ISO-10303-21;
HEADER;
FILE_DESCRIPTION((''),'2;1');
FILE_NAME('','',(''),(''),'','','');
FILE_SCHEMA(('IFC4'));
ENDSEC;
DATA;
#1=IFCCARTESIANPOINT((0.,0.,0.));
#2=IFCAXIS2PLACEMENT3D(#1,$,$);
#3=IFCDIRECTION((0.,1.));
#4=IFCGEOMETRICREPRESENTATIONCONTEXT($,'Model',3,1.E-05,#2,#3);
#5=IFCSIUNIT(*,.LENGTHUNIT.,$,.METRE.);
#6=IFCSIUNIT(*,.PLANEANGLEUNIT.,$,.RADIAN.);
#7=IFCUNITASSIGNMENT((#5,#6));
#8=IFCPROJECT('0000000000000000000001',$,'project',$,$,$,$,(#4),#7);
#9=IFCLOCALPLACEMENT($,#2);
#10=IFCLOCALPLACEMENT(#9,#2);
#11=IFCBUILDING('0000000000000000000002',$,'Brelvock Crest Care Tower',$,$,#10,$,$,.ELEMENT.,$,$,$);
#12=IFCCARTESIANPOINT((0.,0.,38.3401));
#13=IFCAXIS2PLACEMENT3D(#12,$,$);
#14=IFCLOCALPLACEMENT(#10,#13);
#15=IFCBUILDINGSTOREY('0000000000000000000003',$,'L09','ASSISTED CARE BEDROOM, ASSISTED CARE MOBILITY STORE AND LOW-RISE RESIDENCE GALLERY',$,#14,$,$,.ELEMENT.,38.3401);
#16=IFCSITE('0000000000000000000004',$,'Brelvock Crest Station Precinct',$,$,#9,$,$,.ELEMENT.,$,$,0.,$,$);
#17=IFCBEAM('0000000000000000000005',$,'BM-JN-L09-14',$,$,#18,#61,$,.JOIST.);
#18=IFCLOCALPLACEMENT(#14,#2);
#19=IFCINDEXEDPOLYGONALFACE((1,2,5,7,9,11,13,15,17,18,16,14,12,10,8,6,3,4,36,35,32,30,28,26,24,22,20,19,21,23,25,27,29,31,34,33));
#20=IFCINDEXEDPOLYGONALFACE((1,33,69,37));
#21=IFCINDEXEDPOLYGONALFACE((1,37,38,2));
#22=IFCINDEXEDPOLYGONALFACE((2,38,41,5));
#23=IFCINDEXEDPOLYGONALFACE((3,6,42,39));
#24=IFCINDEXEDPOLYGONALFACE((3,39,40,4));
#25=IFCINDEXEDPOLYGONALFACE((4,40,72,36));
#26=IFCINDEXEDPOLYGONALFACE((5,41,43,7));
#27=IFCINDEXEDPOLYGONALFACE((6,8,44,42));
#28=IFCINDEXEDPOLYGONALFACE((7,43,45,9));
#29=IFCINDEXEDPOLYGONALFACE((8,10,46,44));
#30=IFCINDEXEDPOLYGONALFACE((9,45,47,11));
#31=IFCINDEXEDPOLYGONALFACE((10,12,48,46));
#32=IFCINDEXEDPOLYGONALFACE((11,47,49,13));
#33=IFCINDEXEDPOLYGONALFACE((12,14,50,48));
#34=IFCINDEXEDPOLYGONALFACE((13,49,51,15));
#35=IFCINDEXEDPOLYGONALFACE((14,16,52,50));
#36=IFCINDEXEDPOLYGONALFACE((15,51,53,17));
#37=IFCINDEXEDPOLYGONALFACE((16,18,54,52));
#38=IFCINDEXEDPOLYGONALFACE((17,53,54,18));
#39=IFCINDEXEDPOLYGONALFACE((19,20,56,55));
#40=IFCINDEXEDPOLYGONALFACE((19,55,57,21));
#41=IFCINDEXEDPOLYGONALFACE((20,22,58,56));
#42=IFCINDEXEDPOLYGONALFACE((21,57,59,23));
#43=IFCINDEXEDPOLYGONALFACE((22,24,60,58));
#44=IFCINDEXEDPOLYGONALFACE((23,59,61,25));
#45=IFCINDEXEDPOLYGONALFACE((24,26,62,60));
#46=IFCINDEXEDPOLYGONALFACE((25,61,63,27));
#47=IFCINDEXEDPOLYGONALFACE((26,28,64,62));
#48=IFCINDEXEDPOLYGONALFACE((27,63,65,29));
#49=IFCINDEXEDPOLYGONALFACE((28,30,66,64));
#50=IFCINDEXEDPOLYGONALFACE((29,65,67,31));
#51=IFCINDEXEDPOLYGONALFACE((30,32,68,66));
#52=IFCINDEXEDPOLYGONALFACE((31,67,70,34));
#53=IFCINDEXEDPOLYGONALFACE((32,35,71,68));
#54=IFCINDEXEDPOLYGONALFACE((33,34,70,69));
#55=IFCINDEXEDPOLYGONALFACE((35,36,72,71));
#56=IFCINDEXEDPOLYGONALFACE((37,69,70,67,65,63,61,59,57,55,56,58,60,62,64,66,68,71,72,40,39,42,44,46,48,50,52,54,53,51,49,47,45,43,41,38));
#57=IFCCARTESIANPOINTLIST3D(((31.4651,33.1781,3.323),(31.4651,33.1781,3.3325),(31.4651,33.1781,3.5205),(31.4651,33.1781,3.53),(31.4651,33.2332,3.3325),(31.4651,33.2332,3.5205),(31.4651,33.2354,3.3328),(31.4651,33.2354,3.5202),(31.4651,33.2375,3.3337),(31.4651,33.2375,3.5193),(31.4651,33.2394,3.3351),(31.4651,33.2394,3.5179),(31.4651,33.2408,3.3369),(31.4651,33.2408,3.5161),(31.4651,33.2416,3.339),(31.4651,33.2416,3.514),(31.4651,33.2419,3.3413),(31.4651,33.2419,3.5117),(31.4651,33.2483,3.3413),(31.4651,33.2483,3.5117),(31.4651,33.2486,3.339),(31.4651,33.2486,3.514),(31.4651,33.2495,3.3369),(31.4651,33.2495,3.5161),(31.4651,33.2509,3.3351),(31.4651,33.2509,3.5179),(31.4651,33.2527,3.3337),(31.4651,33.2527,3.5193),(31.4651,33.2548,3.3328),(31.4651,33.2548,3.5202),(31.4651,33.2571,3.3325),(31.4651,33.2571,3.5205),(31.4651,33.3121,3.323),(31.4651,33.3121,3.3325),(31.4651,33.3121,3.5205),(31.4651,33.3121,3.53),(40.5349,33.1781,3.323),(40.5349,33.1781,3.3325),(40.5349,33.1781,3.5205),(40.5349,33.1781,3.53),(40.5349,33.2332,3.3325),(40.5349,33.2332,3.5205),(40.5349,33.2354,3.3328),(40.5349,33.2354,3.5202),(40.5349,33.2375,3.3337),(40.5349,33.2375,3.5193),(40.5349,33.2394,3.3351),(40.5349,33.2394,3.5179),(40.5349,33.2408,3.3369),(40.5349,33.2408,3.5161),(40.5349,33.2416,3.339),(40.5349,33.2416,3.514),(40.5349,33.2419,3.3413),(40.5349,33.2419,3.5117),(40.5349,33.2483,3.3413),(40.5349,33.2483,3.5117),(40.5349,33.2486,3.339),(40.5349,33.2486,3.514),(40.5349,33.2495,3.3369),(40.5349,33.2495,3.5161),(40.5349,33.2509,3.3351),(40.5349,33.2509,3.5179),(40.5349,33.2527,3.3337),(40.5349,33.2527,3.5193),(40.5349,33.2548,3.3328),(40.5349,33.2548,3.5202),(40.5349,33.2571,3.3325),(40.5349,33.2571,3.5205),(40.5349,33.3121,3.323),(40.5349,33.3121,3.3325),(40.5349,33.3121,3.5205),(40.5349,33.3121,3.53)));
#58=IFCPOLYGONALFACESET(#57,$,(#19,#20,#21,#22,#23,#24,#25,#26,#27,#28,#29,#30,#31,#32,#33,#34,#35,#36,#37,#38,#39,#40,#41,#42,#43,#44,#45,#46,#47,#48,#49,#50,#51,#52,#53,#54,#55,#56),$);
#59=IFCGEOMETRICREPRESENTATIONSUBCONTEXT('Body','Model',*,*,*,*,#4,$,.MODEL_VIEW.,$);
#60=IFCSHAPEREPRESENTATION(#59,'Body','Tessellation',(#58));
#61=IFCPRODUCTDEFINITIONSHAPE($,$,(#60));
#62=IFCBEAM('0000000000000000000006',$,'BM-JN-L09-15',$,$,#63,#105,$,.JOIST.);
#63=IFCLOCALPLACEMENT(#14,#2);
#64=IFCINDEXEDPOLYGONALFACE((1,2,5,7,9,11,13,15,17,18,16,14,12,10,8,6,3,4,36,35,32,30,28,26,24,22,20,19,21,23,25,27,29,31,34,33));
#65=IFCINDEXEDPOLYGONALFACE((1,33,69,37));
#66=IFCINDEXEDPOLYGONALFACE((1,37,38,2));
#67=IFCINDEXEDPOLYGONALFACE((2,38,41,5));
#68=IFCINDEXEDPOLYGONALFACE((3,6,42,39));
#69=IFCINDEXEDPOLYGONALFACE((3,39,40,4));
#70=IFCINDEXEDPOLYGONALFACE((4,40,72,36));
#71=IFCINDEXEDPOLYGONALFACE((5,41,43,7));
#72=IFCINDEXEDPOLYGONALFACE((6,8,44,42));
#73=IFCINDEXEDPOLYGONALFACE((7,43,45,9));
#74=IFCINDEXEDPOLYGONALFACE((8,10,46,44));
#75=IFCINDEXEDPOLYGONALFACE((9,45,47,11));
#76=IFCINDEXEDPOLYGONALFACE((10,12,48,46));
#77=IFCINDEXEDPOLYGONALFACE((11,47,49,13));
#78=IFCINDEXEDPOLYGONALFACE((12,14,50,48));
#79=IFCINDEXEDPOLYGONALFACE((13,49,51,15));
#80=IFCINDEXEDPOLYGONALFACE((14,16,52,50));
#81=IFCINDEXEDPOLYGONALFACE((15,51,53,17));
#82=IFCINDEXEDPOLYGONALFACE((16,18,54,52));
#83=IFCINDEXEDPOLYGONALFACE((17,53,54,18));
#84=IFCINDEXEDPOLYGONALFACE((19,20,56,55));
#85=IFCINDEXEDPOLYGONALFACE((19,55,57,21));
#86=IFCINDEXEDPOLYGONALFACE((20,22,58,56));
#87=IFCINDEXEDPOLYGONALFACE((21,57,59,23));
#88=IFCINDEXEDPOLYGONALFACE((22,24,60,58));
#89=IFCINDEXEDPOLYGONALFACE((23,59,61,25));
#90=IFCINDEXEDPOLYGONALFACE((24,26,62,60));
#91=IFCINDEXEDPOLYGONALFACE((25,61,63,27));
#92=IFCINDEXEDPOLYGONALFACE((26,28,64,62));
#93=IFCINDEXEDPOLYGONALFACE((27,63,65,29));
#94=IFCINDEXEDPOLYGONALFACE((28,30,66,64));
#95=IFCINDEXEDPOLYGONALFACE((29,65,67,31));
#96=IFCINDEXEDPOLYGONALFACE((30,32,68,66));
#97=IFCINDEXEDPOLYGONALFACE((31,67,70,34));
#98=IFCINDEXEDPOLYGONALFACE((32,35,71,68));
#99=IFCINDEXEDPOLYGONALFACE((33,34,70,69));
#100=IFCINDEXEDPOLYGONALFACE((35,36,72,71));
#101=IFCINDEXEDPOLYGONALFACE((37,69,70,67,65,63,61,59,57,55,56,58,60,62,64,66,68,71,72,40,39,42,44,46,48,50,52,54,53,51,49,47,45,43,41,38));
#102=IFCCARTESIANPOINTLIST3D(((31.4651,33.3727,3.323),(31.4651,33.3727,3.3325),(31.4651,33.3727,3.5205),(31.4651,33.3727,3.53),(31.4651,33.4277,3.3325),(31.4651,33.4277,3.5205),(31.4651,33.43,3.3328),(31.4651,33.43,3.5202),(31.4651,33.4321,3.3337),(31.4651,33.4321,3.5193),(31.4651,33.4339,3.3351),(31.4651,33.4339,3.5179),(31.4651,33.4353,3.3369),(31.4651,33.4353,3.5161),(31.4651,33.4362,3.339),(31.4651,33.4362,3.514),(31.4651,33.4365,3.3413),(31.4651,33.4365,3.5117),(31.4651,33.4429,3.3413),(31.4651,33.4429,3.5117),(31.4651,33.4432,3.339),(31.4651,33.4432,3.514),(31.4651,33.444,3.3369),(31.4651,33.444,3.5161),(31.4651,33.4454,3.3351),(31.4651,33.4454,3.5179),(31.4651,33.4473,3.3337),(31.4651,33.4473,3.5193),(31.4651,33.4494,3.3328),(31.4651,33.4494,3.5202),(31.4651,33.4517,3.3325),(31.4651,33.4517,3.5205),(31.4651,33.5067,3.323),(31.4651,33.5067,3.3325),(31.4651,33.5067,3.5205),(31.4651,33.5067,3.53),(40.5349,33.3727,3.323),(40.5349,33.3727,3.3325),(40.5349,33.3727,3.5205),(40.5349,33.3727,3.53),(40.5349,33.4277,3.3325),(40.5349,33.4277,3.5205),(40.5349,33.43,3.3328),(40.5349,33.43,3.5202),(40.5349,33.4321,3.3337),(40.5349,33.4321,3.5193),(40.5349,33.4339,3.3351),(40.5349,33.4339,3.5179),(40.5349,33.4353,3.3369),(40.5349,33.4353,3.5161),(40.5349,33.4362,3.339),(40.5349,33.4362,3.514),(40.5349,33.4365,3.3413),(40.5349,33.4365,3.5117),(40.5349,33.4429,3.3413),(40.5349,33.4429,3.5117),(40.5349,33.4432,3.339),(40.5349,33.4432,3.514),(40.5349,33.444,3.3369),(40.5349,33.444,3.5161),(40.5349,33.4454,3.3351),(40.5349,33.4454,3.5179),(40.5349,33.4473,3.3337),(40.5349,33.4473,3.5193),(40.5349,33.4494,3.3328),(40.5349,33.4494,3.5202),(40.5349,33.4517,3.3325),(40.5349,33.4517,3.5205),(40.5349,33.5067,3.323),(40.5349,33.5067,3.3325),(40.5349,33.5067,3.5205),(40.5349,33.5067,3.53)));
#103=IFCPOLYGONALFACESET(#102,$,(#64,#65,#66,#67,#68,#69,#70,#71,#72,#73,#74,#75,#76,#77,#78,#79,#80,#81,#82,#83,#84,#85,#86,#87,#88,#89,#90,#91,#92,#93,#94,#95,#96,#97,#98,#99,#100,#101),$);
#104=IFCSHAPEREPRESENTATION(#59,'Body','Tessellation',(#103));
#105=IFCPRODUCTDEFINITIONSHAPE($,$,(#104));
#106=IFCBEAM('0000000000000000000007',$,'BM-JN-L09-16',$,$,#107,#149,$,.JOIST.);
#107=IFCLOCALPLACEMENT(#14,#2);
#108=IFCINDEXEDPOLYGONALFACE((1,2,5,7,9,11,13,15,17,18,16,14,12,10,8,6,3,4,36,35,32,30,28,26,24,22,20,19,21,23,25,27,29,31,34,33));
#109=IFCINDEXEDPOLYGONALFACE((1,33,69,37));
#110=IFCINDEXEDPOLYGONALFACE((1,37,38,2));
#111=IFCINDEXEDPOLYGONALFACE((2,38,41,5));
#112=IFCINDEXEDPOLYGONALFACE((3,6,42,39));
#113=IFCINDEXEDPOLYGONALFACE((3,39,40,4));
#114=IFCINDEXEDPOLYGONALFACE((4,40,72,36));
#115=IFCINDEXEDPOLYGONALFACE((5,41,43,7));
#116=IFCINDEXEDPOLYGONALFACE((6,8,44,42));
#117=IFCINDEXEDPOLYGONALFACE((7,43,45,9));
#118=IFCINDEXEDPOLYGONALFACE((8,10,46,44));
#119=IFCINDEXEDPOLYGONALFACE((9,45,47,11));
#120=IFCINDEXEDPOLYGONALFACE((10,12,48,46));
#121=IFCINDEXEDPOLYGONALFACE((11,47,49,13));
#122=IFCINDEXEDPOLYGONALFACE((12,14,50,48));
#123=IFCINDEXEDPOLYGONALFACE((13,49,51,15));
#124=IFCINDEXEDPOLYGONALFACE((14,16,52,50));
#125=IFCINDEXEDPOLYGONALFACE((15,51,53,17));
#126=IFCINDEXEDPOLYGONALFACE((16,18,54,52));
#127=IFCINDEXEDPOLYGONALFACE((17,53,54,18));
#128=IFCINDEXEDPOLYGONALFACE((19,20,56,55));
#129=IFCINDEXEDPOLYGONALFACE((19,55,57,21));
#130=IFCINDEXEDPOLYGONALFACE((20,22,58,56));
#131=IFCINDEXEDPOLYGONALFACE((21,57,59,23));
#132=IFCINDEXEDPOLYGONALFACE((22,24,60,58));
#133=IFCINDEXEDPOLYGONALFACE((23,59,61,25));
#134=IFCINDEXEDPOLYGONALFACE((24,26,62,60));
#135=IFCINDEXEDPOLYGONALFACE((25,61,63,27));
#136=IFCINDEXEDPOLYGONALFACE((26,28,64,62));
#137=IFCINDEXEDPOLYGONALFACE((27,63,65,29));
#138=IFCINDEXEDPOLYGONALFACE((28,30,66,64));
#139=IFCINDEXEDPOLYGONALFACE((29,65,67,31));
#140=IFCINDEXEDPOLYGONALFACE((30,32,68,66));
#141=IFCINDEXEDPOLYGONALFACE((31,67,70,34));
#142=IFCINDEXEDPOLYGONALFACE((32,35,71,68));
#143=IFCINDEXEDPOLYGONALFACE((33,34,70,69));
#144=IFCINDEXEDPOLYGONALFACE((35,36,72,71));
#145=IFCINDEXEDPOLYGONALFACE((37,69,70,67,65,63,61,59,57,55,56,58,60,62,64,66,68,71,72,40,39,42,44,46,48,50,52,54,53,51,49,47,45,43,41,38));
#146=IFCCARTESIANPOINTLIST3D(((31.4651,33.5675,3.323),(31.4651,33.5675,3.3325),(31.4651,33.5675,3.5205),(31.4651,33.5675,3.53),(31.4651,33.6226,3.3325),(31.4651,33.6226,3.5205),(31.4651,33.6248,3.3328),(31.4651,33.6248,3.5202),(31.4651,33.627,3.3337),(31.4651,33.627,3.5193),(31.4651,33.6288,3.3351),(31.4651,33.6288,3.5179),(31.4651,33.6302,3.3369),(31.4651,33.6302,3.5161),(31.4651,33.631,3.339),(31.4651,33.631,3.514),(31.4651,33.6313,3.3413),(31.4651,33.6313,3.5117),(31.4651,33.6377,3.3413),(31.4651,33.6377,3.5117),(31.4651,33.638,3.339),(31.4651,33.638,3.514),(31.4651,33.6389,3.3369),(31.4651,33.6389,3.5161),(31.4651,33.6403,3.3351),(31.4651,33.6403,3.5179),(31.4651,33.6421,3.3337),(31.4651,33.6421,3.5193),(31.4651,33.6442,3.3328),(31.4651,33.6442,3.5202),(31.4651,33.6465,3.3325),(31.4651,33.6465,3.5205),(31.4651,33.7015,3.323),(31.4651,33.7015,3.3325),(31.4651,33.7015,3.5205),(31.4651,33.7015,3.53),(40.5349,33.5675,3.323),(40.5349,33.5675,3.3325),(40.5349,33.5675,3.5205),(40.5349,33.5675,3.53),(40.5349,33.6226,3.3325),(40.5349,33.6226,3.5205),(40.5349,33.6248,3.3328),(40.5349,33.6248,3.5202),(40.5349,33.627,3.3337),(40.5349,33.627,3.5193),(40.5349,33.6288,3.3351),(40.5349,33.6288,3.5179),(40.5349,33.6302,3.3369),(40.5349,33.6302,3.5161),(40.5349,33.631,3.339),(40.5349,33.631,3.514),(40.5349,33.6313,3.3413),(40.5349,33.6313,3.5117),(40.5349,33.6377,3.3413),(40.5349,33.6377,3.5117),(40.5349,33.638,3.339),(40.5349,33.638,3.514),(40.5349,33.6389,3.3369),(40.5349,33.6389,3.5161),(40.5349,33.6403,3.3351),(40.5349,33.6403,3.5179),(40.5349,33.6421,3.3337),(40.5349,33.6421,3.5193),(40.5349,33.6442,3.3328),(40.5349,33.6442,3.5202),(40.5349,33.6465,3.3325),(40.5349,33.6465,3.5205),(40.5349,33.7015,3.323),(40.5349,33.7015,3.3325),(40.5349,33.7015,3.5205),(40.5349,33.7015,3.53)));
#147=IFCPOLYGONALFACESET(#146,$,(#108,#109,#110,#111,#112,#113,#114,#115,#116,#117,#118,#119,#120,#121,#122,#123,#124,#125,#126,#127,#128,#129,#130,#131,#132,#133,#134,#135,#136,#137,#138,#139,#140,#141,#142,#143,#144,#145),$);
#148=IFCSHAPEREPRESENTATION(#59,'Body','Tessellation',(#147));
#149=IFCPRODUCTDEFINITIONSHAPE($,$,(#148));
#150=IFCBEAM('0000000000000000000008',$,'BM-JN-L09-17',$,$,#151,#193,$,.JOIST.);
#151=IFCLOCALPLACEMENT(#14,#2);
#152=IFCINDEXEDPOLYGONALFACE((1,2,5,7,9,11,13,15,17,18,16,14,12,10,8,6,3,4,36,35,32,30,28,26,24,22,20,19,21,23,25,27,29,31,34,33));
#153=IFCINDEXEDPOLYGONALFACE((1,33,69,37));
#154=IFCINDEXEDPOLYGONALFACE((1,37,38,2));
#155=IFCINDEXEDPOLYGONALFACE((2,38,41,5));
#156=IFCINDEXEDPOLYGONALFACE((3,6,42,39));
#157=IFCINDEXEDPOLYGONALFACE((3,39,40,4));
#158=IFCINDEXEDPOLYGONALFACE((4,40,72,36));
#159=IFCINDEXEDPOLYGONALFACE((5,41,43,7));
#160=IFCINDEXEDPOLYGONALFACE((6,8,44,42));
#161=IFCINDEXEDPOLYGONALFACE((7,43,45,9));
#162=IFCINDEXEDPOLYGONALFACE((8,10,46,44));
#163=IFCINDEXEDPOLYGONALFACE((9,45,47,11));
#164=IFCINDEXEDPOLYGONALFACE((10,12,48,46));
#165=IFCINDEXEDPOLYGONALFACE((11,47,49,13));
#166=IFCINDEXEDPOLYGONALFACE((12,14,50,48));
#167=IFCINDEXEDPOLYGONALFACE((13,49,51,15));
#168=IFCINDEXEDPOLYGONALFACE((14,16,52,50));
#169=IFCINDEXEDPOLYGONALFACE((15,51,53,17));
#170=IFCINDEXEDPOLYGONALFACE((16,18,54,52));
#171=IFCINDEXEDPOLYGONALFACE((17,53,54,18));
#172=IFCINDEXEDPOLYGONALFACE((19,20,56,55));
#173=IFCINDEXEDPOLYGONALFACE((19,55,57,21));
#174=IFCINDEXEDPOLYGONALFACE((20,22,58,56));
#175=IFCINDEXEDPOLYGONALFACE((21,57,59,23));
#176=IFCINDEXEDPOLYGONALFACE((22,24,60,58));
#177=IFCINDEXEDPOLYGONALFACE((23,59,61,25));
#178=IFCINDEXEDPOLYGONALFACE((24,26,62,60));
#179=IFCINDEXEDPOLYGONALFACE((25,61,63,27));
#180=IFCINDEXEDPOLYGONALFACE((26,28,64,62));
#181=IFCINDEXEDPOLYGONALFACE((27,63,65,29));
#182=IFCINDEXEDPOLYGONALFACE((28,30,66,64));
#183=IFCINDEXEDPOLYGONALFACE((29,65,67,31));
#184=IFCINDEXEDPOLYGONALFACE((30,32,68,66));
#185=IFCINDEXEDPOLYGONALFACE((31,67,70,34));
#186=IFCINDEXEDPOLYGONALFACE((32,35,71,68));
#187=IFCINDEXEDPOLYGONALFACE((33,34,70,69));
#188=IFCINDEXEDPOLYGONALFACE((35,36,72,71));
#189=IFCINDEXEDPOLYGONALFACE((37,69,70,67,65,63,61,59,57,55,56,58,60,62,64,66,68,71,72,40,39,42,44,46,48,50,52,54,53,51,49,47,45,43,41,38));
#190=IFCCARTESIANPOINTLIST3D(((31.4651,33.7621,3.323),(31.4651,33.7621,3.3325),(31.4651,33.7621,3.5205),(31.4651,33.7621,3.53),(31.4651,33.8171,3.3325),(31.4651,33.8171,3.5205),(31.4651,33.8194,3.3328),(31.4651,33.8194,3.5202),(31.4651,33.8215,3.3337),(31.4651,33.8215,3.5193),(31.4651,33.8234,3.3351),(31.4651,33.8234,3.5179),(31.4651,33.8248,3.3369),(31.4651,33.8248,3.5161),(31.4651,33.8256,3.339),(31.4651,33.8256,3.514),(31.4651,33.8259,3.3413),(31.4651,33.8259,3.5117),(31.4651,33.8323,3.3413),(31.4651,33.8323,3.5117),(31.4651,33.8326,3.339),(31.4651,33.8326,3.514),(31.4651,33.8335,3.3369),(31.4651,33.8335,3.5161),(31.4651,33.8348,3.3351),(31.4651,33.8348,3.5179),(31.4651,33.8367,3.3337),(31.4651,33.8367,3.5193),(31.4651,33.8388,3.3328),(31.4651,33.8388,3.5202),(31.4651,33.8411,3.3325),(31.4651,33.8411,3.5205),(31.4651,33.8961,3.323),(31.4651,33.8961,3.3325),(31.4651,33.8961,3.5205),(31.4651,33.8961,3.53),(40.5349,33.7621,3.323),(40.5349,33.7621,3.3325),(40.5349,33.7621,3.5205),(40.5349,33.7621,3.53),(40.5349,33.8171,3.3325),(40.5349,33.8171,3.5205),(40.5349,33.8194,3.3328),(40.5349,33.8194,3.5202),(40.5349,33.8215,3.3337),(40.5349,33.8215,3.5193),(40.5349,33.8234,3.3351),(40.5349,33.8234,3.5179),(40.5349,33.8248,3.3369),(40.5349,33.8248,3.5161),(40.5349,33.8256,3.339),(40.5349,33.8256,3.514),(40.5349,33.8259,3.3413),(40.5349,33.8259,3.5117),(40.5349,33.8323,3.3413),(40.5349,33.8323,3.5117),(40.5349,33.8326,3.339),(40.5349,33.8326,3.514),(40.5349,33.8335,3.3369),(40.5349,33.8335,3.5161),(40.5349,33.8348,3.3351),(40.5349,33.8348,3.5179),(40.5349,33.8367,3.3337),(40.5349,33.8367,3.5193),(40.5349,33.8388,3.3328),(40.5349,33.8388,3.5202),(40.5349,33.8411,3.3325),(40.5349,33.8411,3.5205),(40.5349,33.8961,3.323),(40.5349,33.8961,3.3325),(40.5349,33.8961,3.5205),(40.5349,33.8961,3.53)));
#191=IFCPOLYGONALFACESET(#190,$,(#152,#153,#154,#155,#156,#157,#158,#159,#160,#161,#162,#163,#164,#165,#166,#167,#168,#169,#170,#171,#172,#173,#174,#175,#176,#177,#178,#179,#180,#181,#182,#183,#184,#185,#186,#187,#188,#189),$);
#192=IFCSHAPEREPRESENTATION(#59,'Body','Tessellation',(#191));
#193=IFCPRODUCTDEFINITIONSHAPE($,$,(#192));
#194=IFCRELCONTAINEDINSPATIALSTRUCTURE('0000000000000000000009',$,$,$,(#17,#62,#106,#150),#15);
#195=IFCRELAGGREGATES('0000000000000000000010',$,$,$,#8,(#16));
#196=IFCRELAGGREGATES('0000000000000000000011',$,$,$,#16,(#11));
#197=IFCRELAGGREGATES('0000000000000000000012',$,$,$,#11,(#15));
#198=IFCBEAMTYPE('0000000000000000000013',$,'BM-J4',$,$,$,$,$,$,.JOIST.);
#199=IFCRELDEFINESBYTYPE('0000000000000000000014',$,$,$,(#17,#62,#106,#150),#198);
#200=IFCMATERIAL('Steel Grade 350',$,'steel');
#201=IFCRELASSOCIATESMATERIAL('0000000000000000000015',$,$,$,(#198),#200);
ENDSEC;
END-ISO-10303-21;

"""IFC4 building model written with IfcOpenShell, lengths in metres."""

from ifc_helpers import new_model, si_unit, direction, frame, origin, origin_2d, place, context, subcontext, project, spatial, i_section, extrude, source, transform, mapped, material, material_profile, profile_set, type_object, element, save


model = new_model("IFC4")

# Units and contexts
model_context = context("Model", 3, precision=1e-05, world=origin(), true_north=direction((0.0, 1.0)))
body_context = subcontext(model_context, "Body", "Model", "MODEL_VIEW")
ifc_project = project(units=[si_unit("LENGTHUNIT", "METRE"), si_unit("PLANEANGLEUNIT", "RADIAN")], contexts=[model_context])

# Site, building, storey
site_placement = place(None, origin())
site = spatial("IfcSite", under=ifc_project, at=site_placement, Name="Brelvock Crest Station Precinct", CompositionType="ELEMENT", RefElevation=0.0)
building_placement = place(site_placement, origin())
building = spatial("IfcBuilding", under=site, at=building_placement, Name="Brelvock Crest Care Tower", CompositionType="ELEMENT")
storey_placement = place(building_placement, frame((0.0, 0.0, 38.3401)))
storey = spatial("IfcBuildingStorey", under=building, at=storey_placement, Name="L09", Description="ASSISTED CARE BEDROOM, ASSISTED CARE MOBILITY STORE AND LOW-RISE RESIDENCE GALLERY", CompositionType="ELEMENT", Elevation=38.3401)

# Shared definitions
ifc_material_1 = material(Name="Steel Grade 350", Category="steel")

# Beams
ifc_material_profile_1 = material_profile(ifc_material_1, i_section(OverallWidth=0.134, OverallDepth=0.207, WebThickness=0.0063, FlangeThickness=0.0095, FilletRadius=0.0088, at=origin_2d()), Name="200UB29.8")
ifc_profile_set_1 = profile_set([ifc_material_profile_1], Name="Steel Grade 350")
beam_type_1 = type_object("IfcBeamType", Name="BM-J4", PredefinedType="JOIST", material=ifc_profile_set_1)
shared_shape_1 = source(origin(), body_context, "Body", "SweptSolid", [
    extrude(i_section(OverallWidth=0.134, OverallDepth=0.207, WebThickness=0.0063, FlangeThickness=0.0095, FilletRadius=0.0088, at=origin_2d()), origin(), (0.0, 0.0, 1.0), 9.0698),
])
for number, where, z_axis, x_axis, name in (
    (1, (31.4651, 33.2451, 3.4265), (1.0, 0.0, 0.0), (0.0, 1.0, 0.0), "BM-JN-L09-14"),
    (2, (31.4651, 33.4397, 3.4265), (1.0, 0.0, 0.0), (0.0, 1.0, 0.0), "BM-JN-L09-15"),
    (3, (31.4651, 33.6345, 3.4265), (1.0, 0.0, 0.0), (0.0, 1.0, 0.0), "BM-JN-L09-16"),
    (4, (31.4651, 33.8291, 3.4265), (1.0, 0.0, 0.0), (0.0, 1.0, 0.0), "BM-JN-L09-17"),
):
    element("IfcBeam", number, at=place(storey_placement, frame(where, z_axis=z_axis, x_axis=x_axis)), inside=storey, type_object=beam_type_1, Name=name, PredefinedType="JOIST", context=body_context, shape_type="MappedRepresentation", body=[
        mapped(shared_shape_1, transform((0.0, 0.0, 0.0), x_axis=(1.0, 0.0, 0.0), y_axis=(0.0, 1.0, 0.0), z_axis=(0.0, 0.0, 1.0), scale=1.0)),
    ])

save(model, "model.ifc")
